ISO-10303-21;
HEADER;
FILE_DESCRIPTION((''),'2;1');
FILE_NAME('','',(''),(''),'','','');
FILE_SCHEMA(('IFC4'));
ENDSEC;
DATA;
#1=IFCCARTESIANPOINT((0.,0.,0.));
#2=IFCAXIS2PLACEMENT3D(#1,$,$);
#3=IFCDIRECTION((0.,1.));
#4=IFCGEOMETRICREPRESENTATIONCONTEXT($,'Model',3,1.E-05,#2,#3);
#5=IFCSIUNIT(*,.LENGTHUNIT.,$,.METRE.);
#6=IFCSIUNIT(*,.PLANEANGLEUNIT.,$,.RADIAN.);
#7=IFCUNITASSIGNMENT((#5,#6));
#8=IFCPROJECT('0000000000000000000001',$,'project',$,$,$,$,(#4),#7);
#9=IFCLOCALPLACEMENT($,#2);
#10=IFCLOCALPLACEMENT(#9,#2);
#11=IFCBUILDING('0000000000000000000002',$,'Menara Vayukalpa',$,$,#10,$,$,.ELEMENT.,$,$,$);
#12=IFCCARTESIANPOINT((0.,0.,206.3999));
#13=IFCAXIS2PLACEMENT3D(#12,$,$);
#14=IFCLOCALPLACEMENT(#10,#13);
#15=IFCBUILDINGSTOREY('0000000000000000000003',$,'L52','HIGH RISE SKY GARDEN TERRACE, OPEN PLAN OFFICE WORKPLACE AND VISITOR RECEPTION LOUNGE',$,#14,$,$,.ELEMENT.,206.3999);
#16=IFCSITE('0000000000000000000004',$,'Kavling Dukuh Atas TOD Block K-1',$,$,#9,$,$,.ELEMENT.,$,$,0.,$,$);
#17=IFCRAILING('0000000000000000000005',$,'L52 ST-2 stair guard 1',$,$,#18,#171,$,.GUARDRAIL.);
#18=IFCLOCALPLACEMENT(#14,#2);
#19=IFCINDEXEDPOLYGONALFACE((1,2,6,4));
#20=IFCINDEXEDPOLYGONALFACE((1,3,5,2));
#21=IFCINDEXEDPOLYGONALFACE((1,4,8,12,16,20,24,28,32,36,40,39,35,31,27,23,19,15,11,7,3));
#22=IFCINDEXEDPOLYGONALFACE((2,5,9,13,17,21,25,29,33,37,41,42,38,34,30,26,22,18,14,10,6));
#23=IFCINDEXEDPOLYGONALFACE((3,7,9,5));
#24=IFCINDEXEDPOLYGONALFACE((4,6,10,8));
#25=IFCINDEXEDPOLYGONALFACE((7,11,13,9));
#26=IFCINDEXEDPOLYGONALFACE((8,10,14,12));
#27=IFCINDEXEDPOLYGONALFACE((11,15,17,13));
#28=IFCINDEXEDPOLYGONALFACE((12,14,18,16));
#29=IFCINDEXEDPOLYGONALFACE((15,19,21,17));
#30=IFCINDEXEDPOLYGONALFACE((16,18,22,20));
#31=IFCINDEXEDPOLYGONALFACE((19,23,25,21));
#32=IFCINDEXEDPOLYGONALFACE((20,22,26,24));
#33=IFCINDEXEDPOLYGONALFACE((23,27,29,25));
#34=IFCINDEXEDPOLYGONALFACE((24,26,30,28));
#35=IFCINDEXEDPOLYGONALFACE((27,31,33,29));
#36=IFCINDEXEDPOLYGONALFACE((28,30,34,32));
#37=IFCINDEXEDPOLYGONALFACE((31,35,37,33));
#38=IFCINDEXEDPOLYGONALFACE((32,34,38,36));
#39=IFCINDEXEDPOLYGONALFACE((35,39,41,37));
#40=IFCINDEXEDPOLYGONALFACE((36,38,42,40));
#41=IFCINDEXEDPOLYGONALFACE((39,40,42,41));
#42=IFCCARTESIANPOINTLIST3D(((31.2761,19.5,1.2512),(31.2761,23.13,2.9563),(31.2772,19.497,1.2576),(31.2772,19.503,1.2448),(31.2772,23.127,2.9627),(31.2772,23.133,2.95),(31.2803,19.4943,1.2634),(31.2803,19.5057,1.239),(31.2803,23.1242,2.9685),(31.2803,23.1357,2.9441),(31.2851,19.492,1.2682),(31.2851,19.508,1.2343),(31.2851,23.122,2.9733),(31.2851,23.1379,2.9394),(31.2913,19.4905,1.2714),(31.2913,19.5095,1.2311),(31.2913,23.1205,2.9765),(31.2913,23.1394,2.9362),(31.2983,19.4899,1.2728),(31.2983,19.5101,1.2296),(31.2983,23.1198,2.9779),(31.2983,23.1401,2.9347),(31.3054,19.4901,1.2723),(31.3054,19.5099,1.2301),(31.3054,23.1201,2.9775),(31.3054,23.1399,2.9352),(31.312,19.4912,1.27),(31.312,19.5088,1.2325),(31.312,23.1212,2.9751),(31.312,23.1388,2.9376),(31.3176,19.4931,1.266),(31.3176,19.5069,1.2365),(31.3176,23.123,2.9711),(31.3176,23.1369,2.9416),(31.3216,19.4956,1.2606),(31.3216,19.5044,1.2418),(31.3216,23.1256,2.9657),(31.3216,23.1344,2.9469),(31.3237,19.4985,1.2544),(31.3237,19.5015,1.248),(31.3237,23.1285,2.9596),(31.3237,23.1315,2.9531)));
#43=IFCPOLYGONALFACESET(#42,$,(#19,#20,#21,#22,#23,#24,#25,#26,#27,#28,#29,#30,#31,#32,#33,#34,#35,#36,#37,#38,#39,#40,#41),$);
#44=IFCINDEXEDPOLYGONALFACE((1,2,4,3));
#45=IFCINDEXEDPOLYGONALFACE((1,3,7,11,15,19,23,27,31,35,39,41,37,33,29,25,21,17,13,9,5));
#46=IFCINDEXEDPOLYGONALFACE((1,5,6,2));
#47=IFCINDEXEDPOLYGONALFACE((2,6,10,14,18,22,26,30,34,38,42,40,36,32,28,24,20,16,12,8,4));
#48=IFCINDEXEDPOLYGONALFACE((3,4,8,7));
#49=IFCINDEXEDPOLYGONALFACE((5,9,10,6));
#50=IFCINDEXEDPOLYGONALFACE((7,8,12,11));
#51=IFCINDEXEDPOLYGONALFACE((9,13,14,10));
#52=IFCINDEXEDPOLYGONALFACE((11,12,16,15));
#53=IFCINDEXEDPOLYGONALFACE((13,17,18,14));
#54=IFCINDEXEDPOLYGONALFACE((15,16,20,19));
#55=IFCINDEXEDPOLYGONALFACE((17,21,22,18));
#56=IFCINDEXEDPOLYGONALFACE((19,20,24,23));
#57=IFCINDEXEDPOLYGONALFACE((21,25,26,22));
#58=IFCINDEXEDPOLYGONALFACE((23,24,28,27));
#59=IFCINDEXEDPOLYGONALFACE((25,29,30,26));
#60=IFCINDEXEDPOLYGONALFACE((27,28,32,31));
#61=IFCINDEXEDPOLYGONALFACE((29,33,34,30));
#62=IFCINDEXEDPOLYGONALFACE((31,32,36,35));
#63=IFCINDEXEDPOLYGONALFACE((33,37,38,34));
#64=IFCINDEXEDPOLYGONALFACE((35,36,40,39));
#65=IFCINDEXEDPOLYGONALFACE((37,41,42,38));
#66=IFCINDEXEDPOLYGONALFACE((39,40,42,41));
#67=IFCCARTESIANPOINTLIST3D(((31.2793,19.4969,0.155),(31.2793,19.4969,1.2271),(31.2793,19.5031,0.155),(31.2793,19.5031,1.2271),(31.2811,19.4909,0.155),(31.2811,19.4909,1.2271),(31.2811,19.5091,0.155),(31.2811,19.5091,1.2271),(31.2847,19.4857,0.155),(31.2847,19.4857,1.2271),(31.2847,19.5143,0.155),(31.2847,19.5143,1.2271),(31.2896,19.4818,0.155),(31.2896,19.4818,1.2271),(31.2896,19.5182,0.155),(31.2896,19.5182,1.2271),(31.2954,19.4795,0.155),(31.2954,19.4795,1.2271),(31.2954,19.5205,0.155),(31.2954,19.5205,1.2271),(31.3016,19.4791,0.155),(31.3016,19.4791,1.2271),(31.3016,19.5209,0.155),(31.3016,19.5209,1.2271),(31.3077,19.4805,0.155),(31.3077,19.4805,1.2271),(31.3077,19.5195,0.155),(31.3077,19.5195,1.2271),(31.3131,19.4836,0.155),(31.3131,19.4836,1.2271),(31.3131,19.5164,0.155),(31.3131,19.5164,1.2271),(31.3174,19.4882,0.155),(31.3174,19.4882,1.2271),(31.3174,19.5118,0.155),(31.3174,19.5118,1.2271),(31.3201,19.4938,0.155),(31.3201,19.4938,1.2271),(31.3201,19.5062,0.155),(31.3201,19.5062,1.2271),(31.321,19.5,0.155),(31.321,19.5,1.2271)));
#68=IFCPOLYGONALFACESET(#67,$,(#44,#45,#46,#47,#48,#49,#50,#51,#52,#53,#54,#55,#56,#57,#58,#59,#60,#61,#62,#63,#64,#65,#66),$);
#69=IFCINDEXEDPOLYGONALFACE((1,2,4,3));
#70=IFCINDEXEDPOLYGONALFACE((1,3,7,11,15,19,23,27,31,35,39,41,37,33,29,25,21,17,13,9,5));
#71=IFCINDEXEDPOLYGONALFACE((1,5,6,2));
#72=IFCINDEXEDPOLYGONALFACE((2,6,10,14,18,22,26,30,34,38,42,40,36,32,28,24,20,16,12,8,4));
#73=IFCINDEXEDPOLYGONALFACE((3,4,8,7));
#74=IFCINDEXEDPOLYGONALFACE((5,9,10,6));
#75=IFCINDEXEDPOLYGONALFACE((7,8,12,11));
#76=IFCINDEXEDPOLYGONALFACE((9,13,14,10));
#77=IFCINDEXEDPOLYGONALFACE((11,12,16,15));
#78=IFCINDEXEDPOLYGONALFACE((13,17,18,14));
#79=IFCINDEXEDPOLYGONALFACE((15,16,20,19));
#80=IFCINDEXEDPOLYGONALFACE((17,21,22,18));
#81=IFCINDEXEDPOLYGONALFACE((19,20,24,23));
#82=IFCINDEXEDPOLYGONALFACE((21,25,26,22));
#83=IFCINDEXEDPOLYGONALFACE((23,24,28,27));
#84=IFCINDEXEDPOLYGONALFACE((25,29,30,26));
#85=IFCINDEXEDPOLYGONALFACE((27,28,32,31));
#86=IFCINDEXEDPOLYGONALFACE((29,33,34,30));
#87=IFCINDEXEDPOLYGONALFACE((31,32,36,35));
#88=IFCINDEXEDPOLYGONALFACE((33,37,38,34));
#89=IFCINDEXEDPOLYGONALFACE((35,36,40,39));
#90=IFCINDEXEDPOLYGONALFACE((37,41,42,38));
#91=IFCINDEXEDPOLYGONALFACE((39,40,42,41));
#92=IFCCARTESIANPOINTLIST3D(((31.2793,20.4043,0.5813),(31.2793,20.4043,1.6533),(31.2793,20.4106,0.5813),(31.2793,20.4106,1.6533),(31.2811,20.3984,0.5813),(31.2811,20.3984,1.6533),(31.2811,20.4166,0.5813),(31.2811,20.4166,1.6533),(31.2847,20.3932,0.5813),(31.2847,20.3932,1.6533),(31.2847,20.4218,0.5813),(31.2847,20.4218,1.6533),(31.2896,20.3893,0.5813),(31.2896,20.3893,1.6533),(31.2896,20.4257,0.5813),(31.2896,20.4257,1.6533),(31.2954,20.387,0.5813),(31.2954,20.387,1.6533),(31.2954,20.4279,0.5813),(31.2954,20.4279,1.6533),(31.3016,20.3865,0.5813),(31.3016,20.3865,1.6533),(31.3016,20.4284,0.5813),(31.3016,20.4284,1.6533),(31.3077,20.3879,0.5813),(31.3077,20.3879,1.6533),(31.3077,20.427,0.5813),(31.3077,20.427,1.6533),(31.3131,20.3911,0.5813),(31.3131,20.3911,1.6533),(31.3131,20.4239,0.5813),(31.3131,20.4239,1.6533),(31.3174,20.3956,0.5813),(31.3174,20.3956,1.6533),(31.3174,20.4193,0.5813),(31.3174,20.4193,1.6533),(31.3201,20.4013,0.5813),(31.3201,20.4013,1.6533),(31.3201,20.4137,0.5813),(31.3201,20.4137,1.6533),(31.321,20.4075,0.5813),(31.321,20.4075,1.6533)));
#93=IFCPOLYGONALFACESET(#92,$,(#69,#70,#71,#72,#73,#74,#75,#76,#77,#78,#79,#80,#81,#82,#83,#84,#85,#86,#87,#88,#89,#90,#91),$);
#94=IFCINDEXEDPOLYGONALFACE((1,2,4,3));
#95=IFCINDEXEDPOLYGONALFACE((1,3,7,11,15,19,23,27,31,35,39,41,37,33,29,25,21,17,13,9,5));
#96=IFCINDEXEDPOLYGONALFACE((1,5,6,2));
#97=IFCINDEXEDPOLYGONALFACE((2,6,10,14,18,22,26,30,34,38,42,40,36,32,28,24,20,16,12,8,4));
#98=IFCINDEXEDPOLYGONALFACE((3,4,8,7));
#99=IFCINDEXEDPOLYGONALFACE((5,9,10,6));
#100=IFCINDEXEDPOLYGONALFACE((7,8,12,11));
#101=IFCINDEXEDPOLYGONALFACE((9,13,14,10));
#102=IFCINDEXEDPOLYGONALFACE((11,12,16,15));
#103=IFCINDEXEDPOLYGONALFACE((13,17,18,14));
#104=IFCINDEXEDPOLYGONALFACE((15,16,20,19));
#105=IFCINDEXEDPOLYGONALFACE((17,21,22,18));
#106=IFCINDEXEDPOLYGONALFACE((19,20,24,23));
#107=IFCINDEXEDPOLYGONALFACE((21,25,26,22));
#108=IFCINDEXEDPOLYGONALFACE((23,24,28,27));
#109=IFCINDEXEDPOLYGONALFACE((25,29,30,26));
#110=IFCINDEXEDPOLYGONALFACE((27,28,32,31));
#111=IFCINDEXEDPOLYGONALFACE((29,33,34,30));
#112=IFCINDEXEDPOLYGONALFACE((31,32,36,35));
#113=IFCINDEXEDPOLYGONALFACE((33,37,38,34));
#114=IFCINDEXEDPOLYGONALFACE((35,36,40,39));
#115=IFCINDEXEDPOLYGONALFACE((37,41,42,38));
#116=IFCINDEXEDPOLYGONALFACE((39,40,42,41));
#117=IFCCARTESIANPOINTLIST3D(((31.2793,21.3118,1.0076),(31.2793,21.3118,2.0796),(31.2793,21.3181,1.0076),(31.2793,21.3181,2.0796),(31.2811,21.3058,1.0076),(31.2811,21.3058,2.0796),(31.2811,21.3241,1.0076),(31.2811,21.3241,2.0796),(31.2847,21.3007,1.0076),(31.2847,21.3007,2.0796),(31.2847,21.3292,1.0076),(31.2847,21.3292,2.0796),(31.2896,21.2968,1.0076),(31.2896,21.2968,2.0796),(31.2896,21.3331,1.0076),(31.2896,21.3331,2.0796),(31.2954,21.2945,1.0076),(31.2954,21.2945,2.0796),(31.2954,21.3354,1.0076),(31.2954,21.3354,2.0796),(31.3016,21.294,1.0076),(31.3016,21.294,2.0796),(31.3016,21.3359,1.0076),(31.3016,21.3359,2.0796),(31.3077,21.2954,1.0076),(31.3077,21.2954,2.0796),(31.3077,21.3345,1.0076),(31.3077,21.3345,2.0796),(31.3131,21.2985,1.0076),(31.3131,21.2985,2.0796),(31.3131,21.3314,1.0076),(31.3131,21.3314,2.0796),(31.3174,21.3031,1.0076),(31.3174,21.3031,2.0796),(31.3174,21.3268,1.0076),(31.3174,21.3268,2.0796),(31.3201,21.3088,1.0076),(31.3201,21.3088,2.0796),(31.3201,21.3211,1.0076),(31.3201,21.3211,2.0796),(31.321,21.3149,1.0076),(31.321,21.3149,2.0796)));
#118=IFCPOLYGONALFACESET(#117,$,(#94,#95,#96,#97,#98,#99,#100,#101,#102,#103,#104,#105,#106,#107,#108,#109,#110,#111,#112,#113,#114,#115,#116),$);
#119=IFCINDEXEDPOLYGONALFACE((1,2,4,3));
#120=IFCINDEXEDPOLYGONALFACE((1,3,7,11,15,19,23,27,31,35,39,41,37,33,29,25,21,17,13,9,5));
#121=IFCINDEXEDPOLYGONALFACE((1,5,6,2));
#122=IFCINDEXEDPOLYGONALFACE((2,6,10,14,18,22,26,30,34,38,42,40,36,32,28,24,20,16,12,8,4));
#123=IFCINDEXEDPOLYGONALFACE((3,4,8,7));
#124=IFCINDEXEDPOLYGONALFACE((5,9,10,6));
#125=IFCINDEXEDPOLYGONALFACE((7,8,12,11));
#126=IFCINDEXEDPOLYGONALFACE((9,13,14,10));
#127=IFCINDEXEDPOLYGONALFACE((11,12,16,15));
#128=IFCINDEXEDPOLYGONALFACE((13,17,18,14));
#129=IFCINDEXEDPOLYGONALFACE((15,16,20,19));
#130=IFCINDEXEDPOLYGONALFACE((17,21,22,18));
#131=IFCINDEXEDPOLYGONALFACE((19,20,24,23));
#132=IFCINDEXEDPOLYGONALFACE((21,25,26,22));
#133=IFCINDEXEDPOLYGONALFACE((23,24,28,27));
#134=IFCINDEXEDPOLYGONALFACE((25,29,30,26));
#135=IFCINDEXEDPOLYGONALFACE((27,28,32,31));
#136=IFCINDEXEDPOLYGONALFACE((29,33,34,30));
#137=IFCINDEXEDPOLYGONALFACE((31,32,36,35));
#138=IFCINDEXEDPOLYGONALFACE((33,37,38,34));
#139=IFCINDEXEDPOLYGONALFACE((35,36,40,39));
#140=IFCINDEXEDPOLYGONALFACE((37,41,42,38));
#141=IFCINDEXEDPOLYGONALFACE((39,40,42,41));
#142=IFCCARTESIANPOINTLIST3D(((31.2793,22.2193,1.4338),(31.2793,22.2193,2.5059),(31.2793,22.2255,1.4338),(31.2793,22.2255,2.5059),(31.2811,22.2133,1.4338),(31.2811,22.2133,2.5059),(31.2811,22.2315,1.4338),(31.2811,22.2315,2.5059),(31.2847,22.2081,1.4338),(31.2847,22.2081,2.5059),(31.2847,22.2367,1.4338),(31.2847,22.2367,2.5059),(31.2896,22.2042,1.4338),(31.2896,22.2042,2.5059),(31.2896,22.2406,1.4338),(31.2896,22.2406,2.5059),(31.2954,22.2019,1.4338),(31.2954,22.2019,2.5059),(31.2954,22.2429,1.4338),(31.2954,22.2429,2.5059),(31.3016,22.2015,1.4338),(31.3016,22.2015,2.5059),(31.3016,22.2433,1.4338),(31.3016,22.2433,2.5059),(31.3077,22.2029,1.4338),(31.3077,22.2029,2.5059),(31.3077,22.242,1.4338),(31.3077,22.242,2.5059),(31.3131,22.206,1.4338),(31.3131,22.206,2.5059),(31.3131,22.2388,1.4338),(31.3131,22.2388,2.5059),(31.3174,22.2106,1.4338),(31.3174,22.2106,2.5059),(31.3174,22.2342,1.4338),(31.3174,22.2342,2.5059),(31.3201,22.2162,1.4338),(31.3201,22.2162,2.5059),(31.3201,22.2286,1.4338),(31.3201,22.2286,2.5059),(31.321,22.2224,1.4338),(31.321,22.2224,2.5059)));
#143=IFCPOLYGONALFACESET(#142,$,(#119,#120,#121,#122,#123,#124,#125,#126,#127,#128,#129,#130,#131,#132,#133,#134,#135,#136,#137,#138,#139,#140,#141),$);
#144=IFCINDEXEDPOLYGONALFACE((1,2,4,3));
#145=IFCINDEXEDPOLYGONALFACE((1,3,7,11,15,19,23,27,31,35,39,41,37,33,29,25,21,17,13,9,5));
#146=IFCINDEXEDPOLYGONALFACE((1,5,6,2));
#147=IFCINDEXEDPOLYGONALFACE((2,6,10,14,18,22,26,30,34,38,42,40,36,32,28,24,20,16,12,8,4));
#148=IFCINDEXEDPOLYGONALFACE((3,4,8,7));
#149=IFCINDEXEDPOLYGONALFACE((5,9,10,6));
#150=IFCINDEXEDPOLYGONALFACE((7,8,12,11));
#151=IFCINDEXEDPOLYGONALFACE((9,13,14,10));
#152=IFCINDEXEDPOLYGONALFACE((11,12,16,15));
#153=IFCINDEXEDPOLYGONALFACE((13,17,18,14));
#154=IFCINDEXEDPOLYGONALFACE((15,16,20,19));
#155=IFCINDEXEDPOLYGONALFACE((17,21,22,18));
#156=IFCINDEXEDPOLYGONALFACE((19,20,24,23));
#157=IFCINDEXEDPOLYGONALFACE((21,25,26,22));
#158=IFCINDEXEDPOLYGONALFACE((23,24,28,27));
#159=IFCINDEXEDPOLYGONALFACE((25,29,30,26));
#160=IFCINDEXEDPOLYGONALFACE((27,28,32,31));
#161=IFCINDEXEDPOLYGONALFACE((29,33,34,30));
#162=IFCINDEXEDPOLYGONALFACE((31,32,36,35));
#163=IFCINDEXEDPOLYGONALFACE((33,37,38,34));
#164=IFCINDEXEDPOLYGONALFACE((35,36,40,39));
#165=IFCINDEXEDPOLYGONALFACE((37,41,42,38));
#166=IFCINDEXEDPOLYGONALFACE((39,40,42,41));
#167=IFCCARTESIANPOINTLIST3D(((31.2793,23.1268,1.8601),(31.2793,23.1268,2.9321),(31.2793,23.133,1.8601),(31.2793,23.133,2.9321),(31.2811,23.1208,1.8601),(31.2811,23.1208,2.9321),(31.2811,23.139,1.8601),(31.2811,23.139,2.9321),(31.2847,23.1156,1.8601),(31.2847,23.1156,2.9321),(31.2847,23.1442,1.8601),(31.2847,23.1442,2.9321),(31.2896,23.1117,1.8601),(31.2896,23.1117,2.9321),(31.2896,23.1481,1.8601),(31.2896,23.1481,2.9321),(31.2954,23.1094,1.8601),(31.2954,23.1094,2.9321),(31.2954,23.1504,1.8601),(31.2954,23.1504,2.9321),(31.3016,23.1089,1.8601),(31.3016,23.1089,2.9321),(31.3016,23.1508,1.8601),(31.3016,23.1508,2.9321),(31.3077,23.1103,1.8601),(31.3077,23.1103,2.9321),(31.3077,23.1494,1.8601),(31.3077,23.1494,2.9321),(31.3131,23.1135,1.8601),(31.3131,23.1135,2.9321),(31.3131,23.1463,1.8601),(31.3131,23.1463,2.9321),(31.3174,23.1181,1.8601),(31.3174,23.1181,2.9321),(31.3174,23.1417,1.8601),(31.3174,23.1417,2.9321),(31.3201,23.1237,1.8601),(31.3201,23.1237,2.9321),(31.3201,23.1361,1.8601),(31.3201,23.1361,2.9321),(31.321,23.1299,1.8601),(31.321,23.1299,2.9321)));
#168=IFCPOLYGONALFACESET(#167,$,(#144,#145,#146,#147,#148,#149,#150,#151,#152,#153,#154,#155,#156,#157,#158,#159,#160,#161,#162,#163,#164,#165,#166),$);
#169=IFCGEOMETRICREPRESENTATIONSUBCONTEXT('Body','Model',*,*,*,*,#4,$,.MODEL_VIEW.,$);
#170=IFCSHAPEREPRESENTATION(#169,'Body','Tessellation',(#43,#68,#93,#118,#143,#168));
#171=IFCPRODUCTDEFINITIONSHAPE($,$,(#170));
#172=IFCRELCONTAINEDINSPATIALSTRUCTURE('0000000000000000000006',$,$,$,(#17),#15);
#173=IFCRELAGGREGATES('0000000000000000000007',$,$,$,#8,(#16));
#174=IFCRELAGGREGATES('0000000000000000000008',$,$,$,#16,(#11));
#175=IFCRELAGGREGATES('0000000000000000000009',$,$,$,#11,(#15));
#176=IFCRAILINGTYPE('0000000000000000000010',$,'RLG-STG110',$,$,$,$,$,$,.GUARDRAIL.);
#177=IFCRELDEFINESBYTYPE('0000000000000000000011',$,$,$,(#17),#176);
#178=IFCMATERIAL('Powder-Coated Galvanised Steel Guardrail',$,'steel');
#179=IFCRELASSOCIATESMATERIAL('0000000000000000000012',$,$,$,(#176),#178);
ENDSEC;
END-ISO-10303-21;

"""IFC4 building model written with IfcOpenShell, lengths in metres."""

from ifc_helpers import new_model, si_unit, direction, frame, origin, origin_2d, place, context, subcontext, project, spatial, circle, extrude, material, type_object, element, save


model = new_model("IFC4")

# Units and contexts
model_context = context("Model", 3, precision=1e-05, world=origin(), true_north=direction((0.0, 1.0)))
body_context = subcontext(model_context, "Body", "Model", "MODEL_VIEW")
ifc_project = project(units=[si_unit("LENGTHUNIT", "METRE"), si_unit("PLANEANGLEUNIT", "RADIAN")], contexts=[model_context])

# Site, building, storey
site_placement = place(None, origin())
site = spatial("IfcSite", under=ifc_project, at=site_placement, Name="Kavling Dukuh Atas TOD Block K-1", CompositionType="ELEMENT", RefElevation=0.0)
building_placement = place(site_placement, origin())
building = spatial("IfcBuilding", under=site, at=building_placement, Name="Menara Vayukalpa", CompositionType="ELEMENT")
storey_placement = place(building_placement, frame((0.0, 0.0, 206.3999)))
storey = spatial("IfcBuildingStorey", under=building, at=storey_placement, Name="L52", Description="HIGH RISE SKY GARDEN TERRACE, OPEN PLAN OFFICE WORKPLACE AND VISITOR RECEPTION LOUNGE", CompositionType="ELEMENT", Elevation=206.3999)

# Railing
ifc_material_1 = material(Name="Powder-Coated Galvanised Steel Guardrail", Category="steel")
railing_type_1 = type_object("IfcRailingType", Name="RLG-STG110", PredefinedType="GUARDRAIL", material=ifc_material_1)
railing_1_placement = place(storey_placement, frame((31.3, 19.5, 0.155)))
element("IfcRailing", 1, at=railing_1_placement, inside=storey, type_object=railing_type_1, Name="L52 ST-2 stair guard 1", PredefinedType="GUARDRAIL", context=body_context, shape_type="SweptSolid", body=[
    extrude(circle(Radius=0.0239, at=origin_2d()), frame((0.0, 0.0, 1.0962), z_axis=(0.0, 0.905116, 0.425164), x_axis=(-1.0, 0.0, 0.0)), (0.0, 0.0, 1.0), 4.0105),
    extrude(circle(Radius=0.021, at=origin_2d()), origin(), (0.0, 0.0, 1.0), 1.072),
    extrude(circle(Radius=0.021, at=origin_2d()), frame((0.0, 0.9075, 0.4263)), (0.0, 0.0, 1.0), 1.072),
    extrude(circle(Radius=0.021, at=origin_2d()), frame((0.0, 1.8149, 0.8525)), (0.0, 0.0, 1.0), 1.072),
    extrude(circle(Radius=0.021, at=origin_2d()), frame((0.0, 2.7224, 1.2788)), (0.0, 0.0, 1.0), 1.072),
    extrude(circle(Radius=0.021, at=origin_2d()), frame((0.0, 3.6299, 1.7051)), (0.0, 0.0, 1.0), 1.072),
])

save(model, "model.ifc")
